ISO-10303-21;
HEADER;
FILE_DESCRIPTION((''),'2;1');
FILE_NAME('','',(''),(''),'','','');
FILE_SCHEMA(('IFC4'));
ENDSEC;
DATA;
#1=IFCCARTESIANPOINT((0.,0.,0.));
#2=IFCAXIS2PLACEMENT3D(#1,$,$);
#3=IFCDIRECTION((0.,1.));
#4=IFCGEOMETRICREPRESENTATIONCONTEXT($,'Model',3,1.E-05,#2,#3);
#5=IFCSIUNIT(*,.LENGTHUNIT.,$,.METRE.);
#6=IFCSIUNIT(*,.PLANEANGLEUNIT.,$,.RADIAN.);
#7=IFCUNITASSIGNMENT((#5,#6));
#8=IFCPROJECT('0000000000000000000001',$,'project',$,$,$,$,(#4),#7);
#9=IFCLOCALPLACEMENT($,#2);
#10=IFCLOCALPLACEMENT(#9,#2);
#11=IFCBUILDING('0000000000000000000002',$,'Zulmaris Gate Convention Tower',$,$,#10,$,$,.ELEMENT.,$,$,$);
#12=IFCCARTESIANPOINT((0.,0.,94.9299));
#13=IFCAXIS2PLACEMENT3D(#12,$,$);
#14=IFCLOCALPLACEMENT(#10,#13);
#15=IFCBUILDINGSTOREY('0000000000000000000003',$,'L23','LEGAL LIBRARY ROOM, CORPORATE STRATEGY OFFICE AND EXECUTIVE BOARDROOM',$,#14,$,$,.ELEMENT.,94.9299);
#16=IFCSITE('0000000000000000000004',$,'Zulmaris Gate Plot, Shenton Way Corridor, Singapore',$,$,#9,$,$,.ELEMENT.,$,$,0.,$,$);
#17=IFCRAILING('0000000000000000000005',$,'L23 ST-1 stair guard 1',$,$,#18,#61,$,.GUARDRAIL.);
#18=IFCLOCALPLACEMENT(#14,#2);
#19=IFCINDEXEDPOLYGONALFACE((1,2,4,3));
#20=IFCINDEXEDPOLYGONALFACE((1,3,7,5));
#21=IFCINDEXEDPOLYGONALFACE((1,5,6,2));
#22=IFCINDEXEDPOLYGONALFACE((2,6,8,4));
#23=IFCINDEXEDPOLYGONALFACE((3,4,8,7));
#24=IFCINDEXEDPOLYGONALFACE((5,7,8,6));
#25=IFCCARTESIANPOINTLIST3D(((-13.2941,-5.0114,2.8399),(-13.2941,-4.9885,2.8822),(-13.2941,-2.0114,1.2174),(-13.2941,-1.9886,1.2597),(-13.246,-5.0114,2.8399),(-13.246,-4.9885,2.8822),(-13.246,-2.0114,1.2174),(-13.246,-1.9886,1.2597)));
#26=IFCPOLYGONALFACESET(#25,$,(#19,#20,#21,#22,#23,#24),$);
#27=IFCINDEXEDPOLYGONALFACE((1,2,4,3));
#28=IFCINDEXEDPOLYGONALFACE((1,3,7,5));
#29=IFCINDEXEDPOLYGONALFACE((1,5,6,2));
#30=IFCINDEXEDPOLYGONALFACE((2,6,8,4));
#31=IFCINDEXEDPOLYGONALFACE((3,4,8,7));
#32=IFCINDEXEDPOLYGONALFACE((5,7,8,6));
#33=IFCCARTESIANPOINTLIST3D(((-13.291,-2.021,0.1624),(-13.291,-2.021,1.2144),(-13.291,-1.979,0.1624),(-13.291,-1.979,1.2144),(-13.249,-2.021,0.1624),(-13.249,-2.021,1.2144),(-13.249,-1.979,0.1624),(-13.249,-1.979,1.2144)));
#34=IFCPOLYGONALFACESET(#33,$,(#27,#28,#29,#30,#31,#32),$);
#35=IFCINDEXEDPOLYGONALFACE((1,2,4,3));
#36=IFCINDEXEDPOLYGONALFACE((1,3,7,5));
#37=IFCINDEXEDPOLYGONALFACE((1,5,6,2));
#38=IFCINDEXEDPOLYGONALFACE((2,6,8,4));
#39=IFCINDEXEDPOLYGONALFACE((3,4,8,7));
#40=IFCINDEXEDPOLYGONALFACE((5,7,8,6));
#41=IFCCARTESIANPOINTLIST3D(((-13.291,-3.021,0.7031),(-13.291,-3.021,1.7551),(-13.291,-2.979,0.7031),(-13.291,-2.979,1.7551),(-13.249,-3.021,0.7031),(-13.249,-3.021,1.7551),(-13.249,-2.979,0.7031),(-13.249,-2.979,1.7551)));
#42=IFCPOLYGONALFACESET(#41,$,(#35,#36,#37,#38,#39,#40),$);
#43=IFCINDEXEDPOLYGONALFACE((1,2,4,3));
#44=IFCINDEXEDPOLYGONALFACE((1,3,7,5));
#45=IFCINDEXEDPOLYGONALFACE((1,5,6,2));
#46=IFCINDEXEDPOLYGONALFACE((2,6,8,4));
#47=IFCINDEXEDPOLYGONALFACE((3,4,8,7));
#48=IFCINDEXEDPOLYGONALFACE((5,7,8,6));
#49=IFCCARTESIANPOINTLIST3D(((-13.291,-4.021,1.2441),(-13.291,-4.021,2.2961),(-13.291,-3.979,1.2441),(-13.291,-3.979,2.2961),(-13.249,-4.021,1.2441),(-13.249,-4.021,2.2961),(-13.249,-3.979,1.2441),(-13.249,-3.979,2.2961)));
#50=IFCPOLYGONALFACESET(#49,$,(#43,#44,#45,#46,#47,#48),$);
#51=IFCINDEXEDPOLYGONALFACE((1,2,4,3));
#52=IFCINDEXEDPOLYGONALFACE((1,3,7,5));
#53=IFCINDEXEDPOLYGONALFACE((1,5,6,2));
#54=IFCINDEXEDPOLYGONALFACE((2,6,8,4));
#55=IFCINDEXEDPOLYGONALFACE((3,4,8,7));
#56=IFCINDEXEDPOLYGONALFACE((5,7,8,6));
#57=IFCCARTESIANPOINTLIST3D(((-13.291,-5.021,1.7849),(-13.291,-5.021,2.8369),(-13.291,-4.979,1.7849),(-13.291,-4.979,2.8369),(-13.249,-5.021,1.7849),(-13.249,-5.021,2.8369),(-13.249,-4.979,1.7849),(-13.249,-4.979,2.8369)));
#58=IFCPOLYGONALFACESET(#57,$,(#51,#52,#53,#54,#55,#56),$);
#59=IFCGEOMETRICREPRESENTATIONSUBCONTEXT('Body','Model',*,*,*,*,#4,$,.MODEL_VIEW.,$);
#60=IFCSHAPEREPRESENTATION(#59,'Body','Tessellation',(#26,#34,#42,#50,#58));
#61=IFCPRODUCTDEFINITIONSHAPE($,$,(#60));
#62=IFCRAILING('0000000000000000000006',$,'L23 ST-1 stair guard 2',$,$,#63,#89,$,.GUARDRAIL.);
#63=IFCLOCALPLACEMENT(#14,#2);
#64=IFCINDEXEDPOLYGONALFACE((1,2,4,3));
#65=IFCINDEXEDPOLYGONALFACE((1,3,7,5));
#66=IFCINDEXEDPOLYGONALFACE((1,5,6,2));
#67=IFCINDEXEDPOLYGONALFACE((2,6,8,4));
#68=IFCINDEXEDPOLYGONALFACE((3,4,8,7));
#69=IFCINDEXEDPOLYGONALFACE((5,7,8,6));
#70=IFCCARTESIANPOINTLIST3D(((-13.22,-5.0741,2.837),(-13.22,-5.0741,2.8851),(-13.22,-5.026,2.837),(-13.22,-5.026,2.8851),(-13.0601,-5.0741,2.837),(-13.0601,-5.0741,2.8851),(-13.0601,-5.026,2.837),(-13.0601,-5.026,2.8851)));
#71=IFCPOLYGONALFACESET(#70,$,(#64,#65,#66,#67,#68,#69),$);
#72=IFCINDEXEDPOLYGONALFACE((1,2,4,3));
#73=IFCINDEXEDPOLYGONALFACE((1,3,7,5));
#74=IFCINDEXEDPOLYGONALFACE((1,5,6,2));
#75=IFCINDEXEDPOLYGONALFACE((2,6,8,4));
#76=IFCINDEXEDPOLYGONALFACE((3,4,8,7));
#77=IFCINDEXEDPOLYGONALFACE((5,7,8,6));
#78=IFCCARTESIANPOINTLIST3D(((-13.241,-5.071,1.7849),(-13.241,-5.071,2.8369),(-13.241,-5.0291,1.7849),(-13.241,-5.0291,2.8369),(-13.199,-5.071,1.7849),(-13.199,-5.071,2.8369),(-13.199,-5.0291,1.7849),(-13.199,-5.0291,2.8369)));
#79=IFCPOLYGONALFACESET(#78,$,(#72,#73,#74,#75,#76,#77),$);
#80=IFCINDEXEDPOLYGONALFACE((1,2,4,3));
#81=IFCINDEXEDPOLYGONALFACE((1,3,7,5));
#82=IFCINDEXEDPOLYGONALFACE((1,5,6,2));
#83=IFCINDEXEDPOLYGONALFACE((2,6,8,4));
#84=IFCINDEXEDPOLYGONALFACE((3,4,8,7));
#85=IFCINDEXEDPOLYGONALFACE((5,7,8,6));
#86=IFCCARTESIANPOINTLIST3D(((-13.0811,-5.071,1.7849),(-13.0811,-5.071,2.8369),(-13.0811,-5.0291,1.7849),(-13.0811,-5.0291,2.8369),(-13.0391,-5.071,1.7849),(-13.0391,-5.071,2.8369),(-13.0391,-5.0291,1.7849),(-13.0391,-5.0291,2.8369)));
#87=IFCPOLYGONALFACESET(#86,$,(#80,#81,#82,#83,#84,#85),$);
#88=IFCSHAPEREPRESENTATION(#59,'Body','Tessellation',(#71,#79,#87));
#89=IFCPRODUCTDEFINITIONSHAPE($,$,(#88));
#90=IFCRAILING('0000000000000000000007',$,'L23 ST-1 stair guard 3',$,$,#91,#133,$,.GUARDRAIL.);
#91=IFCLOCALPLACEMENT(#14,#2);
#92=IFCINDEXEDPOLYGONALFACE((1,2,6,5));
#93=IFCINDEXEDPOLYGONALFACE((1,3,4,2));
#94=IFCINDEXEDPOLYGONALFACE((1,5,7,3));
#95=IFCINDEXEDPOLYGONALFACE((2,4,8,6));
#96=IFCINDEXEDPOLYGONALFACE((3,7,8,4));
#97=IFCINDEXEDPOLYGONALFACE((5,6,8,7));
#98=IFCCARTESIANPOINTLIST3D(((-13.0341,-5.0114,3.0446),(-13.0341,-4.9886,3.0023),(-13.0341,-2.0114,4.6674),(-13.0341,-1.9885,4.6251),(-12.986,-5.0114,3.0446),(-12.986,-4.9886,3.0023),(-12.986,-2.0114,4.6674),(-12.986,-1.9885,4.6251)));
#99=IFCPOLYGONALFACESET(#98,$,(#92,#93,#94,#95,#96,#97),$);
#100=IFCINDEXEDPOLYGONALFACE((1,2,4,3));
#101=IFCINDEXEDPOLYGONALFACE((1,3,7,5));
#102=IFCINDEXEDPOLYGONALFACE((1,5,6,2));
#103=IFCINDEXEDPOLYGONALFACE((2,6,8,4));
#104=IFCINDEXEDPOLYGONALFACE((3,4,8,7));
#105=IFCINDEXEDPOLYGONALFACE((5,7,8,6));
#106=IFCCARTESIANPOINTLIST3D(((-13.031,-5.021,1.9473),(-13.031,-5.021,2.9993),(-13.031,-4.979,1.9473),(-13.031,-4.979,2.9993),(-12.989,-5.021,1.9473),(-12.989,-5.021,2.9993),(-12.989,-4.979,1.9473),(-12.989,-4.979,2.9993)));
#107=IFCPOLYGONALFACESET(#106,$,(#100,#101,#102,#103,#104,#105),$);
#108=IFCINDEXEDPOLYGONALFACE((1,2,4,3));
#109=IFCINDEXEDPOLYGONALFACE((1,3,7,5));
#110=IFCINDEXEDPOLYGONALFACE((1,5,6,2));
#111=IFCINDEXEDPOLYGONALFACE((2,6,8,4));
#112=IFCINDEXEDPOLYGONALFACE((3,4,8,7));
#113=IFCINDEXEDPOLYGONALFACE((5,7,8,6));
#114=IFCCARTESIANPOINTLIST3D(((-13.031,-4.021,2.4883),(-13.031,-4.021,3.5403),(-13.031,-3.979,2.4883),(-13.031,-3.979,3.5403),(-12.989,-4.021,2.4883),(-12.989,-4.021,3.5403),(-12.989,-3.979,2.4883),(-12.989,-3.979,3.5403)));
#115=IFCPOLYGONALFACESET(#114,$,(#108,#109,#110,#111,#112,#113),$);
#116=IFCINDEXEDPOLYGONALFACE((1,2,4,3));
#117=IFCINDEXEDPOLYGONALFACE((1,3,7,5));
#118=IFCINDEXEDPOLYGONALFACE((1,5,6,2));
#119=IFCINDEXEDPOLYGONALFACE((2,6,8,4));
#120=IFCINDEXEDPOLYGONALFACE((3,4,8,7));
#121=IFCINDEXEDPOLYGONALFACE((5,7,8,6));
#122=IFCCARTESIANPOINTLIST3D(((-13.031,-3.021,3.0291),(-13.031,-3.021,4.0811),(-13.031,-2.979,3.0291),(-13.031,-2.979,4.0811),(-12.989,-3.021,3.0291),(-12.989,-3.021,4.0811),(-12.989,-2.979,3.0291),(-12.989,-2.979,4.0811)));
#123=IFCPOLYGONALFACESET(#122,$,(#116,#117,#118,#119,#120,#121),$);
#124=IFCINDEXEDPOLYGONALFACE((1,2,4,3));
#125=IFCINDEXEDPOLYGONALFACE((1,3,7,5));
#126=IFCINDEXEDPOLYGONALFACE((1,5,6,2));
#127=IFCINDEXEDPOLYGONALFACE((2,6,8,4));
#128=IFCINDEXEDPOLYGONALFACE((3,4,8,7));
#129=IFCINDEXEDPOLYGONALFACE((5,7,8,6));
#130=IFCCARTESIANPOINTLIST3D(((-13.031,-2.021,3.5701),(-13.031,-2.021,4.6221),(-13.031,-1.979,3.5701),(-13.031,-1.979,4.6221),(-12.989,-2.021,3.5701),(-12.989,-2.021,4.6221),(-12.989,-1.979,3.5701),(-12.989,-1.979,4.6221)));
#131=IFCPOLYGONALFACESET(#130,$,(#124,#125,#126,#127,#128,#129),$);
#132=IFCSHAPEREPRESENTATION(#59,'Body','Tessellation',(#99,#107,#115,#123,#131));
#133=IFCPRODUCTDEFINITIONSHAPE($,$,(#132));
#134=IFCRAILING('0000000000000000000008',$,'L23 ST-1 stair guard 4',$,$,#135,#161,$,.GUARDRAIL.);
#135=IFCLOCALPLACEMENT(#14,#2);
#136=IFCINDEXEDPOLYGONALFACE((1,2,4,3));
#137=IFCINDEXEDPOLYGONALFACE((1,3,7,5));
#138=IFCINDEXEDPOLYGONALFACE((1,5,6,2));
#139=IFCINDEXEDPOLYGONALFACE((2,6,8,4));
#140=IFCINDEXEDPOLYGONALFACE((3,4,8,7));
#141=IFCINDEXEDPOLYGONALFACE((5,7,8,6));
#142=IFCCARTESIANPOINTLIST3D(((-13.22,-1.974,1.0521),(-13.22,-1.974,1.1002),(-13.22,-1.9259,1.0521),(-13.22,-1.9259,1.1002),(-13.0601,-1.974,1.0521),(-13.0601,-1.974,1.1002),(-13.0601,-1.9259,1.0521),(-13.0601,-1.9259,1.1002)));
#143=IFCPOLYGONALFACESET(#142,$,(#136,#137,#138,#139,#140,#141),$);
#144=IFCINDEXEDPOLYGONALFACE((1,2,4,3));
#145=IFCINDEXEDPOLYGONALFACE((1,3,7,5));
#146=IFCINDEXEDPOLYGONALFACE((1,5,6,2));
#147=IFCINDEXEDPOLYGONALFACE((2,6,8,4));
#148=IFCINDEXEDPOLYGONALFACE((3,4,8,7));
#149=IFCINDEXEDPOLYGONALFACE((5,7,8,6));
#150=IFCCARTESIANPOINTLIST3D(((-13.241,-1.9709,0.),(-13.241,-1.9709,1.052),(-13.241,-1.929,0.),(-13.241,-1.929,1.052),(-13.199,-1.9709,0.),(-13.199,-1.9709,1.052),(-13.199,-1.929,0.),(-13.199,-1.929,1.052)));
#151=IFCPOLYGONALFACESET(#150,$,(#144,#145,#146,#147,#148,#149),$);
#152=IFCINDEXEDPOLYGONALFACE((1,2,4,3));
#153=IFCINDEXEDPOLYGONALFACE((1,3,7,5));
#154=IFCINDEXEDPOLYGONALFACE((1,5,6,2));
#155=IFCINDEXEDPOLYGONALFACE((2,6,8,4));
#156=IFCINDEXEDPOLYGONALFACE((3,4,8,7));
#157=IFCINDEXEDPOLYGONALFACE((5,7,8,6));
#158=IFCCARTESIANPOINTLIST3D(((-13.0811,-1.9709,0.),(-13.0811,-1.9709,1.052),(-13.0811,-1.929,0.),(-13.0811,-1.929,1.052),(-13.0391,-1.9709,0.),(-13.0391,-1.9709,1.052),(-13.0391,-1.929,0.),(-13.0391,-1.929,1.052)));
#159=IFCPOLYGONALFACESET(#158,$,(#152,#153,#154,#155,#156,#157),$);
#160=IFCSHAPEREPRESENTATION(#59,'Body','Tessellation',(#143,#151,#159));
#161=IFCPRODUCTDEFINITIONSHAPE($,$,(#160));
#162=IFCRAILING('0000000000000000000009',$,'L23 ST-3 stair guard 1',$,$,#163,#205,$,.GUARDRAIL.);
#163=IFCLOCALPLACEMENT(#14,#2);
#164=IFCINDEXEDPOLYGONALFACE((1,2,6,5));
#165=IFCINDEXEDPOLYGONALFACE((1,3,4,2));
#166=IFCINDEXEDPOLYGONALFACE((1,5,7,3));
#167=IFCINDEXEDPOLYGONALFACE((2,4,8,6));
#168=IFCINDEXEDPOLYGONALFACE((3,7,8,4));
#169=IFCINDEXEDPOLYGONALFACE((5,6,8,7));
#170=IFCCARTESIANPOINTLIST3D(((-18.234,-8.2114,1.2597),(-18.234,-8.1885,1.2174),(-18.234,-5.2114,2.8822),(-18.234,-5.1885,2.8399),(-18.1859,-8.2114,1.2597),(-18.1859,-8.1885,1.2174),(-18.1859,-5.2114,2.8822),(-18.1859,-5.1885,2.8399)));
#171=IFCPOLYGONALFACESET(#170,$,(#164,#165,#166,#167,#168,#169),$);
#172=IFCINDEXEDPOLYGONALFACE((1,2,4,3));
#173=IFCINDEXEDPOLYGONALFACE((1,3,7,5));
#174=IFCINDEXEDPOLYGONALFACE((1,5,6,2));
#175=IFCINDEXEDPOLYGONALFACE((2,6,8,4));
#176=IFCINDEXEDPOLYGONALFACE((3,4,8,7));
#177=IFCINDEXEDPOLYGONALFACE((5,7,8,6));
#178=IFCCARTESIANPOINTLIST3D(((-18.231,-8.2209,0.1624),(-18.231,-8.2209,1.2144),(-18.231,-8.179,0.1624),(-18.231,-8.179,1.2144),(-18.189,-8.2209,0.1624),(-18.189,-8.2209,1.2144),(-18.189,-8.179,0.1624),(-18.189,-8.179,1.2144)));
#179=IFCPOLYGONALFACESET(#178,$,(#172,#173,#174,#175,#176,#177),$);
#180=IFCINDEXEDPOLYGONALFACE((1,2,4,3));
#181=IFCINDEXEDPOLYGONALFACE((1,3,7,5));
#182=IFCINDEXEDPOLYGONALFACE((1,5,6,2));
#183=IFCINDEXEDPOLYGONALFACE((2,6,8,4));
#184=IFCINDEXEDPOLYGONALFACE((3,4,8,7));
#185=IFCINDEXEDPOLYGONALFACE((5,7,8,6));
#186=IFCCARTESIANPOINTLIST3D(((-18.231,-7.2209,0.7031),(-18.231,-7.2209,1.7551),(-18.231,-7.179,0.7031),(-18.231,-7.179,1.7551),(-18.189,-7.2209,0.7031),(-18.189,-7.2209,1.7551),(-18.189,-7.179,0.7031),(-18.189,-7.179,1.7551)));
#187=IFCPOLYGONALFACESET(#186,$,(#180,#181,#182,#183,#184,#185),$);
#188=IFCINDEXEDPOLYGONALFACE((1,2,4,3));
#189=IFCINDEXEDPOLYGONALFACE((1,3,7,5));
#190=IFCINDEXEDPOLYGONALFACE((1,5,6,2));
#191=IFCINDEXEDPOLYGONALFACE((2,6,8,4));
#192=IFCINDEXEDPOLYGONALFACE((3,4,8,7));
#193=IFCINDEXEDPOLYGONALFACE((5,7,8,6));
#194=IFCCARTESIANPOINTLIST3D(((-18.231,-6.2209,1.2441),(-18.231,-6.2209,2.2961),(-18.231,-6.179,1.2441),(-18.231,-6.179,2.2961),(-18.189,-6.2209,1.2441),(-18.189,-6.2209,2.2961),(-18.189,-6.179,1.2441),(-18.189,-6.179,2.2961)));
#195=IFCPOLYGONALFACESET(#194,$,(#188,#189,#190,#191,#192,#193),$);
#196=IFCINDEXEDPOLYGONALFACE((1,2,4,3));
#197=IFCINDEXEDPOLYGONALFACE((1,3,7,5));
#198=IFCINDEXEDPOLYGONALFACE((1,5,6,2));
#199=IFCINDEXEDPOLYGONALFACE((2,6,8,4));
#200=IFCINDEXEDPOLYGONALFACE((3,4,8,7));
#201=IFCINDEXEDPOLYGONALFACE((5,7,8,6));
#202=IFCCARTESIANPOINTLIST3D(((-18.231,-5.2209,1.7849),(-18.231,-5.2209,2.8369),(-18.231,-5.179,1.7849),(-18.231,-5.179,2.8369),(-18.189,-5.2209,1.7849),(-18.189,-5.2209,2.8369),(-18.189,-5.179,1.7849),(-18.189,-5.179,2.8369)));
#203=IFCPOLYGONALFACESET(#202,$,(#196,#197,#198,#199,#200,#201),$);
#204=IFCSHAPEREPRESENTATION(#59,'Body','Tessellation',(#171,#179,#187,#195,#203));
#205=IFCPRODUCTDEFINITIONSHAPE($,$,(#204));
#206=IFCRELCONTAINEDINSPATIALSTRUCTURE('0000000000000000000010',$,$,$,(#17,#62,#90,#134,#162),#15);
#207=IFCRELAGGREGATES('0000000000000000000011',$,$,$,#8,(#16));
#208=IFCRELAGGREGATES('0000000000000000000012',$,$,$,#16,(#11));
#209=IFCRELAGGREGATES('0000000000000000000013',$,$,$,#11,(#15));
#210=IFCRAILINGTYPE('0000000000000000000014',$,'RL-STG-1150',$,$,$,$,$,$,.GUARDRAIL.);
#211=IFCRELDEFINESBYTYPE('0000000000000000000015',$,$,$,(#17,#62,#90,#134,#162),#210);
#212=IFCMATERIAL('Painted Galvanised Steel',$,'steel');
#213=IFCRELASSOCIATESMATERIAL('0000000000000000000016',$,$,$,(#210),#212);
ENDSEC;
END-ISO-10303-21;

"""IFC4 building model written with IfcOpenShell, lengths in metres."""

from ifc_helpers import new_model, si_unit, direction, frame, origin, origin_2d, place, context, subcontext, project, spatial, rectangle, extrude, material, type_object, element, save


model = new_model("IFC4")

# Units and contexts
model_context = context("Model", 3, precision=1e-05, world=origin(), true_north=direction((0.0, 1.0)))
body_context = subcontext(model_context, "Body", "Model", "MODEL_VIEW")
ifc_project = project(units=[si_unit("LENGTHUNIT", "METRE"), si_unit("PLANEANGLEUNIT", "RADIAN")], contexts=[model_context])

# Site, building, storey
site_placement = place(None, origin())
site = spatial("IfcSite", under=ifc_project, at=site_placement, Name="Zulmaris Gate Plot, Shenton Way Corridor, Singapore", CompositionType="ELEMENT", RefElevation=0.0)
building_placement = place(site_placement, origin())
building = spatial("IfcBuilding", under=site, at=building_placement, Name="Zulmaris Gate Convention Tower", CompositionType="ELEMENT")
storey_placement = place(building_placement, frame((0.0, 0.0, 94.9299)))
storey = spatial("IfcBuildingStorey", under=building, at=storey_placement, Name="L23", Description="LEGAL LIBRARY ROOM, CORPORATE STRATEGY OFFICE AND EXECUTIVE BOARDROOM", CompositionType="ELEMENT", Elevation=94.9299)

# Railings
ifc_material_1 = material(Name="Painted Galvanised Steel", Category="steel")
railing_type_1 = type_object("IfcRailingType", Name="RL-STG-1150", PredefinedType="GUARDRAIL", material=ifc_material_1)
railing_1_placement = place(storey_placement, frame((-13.27, -2.0, 0.1624)))
element("IfcRailing", 1, at=railing_1_placement, inside=storey, type_object=railing_type_1, Name="L23 ST-1 stair guard 1", PredefinedType="GUARDRAIL", context=body_context, shape_type="SweptSolid", body=[
    extrude(rectangle(XDim=0.0481, YDim=0.0481, at=origin_2d()), frame((0.0, 0.0, 1.0762), z_axis=(0.0, -0.879592, 0.47573), x_axis=(1.0, 0.0, 0.0)), (0.0, 0.0, 1.0), 3.4106),
    extrude(rectangle(XDim=0.042, YDim=0.042, at=origin_2d()), origin(), (0.0, 0.0, 1.0), 1.052),
    extrude(rectangle(XDim=0.042, YDim=0.042, at=origin_2d()), frame((0.0, -1.0, 0.5408)), (0.0, 0.0, 1.0), 1.052),
    extrude(rectangle(XDim=0.042, YDim=0.042, at=origin_2d()), frame((0.0, -2.0, 1.0818)), (0.0, 0.0, 1.0), 1.052),
    extrude(rectangle(XDim=0.042, YDim=0.042, at=origin_2d()), frame((0.0, -3.0, 1.6226)), (0.0, 0.0, 1.0), 1.052),
])
railing_2_placement = place(storey_placement, frame((-13.22, -5.05, 1.7849)))
element("IfcRailing", 2, at=railing_2_placement, inside=storey, type_object=railing_type_1, Name="L23 ST-1 stair guard 2", PredefinedType="GUARDRAIL", context=body_context, shape_type="SweptSolid", body=[
    extrude(rectangle(XDim=0.0481, YDim=0.0481, at=origin_2d()), frame((0.0, 0.0, 1.0762), z_axis=(1.0, 0.0, 0.0), x_axis=(0.0, 1.0, 0.0)), (0.0, 0.0, 1.0), 0.1599),
    extrude(rectangle(XDim=0.042, YDim=0.042, at=origin_2d()), origin(), (0.0, 0.0, 1.0), 1.052),
    extrude(rectangle(XDim=0.042, YDim=0.042, at=origin_2d()), frame((0.1599, 0.0, 0.0)), (0.0, 0.0, 1.0), 1.052),
])
railing_3_placement = place(storey_placement, frame((-13.01, -5.0, 1.9473)))
element("IfcRailing", 3, at=railing_3_placement, inside=storey, type_object=railing_type_1, Name="L23 ST-1 stair guard 3", PredefinedType="GUARDRAIL", context=body_context, shape_type="SweptSolid", body=[
    extrude(rectangle(XDim=0.0481, YDim=0.0481, at=origin_2d()), frame((0.0, 0.0, 1.0762), z_axis=(0.0, 0.879562, 0.475785), x_axis=(-1.0, 0.0, 0.0)), (0.0, 0.0, 1.0), 3.4109),
    extrude(rectangle(XDim=0.042, YDim=0.042, at=origin_2d()), origin(), (0.0, 0.0, 1.0), 1.052),
    extrude(rectangle(XDim=0.042, YDim=0.042, at=origin_2d()), frame((0.0, 1.0, 0.541)), (0.0, 0.0, 1.0), 1.052),
    extrude(rectangle(XDim=0.042, YDim=0.042, at=origin_2d()), frame((0.0, 2.0, 1.0818)), (0.0, 0.0, 1.0), 1.052),
    extrude(rectangle(XDim=0.042, YDim=0.042, at=origin_2d()), frame((0.0, 3.0, 1.6228)), (0.0, 0.0, 1.0), 1.052),
])
railing_4_placement = place(storey_placement, frame((-13.22, -1.95, 0.0)))
element("IfcRailing", 4, at=railing_4_placement, inside=storey, type_object=railing_type_1, Name="L23 ST-1 stair guard 4", PredefinedType="GUARDRAIL", context=body_context, shape_type="SweptSolid", body=[
    extrude(rectangle(XDim=0.0481, YDim=0.0481, at=origin_2d()), frame((0.0, 0.0, 1.0762), z_axis=(1.0, 0.0, 0.0), x_axis=(0.0, 1.0, 0.0)), (0.0, 0.0, 1.0), 0.1599),
    extrude(rectangle(XDim=0.042, YDim=0.042, at=origin_2d()), origin(), (0.0, 0.0, 1.0), 1.052),
    extrude(rectangle(XDim=0.042, YDim=0.042, at=origin_2d()), frame((0.1599, 0.0, 0.0)), (0.0, 0.0, 1.0), 1.052),
])
railing_5_placement = place(storey_placement, frame((-18.21, -8.2, 0.1624)))
element("IfcRailing", 5, at=railing_5_placement, inside=storey, type_object=railing_type_1, Name="L23 ST-3 stair guard 1", PredefinedType="GUARDRAIL", context=body_context, shape_type="SweptSolid", body=[
    extrude(rectangle(XDim=0.0481, YDim=0.0481, at=origin_2d()), frame((0.0, 0.0, 1.0762), z_axis=(0.0, 0.879592, 0.47573), x_axis=(-1.0, 0.0, 0.0)), (0.0, 0.0, 1.0), 3.4106),
    extrude(rectangle(XDim=0.042, YDim=0.042, at=origin_2d()), origin(), (0.0, 0.0, 1.0), 1.052),
    extrude(rectangle(XDim=0.042, YDim=0.042, at=origin_2d()), frame((0.0, 1.0, 0.5408)), (0.0, 0.0, 1.0), 1.052),
    extrude(rectangle(XDim=0.042, YDim=0.042, at=origin_2d()), frame((0.0, 2.0, 1.0818)), (0.0, 0.0, 1.0), 1.052),
    extrude(rectangle(XDim=0.042, YDim=0.042, at=origin_2d()), frame((0.0, 3.0, 1.6226)), (0.0, 0.0, 1.0), 1.052),
])

save(model, "model.ifc")
